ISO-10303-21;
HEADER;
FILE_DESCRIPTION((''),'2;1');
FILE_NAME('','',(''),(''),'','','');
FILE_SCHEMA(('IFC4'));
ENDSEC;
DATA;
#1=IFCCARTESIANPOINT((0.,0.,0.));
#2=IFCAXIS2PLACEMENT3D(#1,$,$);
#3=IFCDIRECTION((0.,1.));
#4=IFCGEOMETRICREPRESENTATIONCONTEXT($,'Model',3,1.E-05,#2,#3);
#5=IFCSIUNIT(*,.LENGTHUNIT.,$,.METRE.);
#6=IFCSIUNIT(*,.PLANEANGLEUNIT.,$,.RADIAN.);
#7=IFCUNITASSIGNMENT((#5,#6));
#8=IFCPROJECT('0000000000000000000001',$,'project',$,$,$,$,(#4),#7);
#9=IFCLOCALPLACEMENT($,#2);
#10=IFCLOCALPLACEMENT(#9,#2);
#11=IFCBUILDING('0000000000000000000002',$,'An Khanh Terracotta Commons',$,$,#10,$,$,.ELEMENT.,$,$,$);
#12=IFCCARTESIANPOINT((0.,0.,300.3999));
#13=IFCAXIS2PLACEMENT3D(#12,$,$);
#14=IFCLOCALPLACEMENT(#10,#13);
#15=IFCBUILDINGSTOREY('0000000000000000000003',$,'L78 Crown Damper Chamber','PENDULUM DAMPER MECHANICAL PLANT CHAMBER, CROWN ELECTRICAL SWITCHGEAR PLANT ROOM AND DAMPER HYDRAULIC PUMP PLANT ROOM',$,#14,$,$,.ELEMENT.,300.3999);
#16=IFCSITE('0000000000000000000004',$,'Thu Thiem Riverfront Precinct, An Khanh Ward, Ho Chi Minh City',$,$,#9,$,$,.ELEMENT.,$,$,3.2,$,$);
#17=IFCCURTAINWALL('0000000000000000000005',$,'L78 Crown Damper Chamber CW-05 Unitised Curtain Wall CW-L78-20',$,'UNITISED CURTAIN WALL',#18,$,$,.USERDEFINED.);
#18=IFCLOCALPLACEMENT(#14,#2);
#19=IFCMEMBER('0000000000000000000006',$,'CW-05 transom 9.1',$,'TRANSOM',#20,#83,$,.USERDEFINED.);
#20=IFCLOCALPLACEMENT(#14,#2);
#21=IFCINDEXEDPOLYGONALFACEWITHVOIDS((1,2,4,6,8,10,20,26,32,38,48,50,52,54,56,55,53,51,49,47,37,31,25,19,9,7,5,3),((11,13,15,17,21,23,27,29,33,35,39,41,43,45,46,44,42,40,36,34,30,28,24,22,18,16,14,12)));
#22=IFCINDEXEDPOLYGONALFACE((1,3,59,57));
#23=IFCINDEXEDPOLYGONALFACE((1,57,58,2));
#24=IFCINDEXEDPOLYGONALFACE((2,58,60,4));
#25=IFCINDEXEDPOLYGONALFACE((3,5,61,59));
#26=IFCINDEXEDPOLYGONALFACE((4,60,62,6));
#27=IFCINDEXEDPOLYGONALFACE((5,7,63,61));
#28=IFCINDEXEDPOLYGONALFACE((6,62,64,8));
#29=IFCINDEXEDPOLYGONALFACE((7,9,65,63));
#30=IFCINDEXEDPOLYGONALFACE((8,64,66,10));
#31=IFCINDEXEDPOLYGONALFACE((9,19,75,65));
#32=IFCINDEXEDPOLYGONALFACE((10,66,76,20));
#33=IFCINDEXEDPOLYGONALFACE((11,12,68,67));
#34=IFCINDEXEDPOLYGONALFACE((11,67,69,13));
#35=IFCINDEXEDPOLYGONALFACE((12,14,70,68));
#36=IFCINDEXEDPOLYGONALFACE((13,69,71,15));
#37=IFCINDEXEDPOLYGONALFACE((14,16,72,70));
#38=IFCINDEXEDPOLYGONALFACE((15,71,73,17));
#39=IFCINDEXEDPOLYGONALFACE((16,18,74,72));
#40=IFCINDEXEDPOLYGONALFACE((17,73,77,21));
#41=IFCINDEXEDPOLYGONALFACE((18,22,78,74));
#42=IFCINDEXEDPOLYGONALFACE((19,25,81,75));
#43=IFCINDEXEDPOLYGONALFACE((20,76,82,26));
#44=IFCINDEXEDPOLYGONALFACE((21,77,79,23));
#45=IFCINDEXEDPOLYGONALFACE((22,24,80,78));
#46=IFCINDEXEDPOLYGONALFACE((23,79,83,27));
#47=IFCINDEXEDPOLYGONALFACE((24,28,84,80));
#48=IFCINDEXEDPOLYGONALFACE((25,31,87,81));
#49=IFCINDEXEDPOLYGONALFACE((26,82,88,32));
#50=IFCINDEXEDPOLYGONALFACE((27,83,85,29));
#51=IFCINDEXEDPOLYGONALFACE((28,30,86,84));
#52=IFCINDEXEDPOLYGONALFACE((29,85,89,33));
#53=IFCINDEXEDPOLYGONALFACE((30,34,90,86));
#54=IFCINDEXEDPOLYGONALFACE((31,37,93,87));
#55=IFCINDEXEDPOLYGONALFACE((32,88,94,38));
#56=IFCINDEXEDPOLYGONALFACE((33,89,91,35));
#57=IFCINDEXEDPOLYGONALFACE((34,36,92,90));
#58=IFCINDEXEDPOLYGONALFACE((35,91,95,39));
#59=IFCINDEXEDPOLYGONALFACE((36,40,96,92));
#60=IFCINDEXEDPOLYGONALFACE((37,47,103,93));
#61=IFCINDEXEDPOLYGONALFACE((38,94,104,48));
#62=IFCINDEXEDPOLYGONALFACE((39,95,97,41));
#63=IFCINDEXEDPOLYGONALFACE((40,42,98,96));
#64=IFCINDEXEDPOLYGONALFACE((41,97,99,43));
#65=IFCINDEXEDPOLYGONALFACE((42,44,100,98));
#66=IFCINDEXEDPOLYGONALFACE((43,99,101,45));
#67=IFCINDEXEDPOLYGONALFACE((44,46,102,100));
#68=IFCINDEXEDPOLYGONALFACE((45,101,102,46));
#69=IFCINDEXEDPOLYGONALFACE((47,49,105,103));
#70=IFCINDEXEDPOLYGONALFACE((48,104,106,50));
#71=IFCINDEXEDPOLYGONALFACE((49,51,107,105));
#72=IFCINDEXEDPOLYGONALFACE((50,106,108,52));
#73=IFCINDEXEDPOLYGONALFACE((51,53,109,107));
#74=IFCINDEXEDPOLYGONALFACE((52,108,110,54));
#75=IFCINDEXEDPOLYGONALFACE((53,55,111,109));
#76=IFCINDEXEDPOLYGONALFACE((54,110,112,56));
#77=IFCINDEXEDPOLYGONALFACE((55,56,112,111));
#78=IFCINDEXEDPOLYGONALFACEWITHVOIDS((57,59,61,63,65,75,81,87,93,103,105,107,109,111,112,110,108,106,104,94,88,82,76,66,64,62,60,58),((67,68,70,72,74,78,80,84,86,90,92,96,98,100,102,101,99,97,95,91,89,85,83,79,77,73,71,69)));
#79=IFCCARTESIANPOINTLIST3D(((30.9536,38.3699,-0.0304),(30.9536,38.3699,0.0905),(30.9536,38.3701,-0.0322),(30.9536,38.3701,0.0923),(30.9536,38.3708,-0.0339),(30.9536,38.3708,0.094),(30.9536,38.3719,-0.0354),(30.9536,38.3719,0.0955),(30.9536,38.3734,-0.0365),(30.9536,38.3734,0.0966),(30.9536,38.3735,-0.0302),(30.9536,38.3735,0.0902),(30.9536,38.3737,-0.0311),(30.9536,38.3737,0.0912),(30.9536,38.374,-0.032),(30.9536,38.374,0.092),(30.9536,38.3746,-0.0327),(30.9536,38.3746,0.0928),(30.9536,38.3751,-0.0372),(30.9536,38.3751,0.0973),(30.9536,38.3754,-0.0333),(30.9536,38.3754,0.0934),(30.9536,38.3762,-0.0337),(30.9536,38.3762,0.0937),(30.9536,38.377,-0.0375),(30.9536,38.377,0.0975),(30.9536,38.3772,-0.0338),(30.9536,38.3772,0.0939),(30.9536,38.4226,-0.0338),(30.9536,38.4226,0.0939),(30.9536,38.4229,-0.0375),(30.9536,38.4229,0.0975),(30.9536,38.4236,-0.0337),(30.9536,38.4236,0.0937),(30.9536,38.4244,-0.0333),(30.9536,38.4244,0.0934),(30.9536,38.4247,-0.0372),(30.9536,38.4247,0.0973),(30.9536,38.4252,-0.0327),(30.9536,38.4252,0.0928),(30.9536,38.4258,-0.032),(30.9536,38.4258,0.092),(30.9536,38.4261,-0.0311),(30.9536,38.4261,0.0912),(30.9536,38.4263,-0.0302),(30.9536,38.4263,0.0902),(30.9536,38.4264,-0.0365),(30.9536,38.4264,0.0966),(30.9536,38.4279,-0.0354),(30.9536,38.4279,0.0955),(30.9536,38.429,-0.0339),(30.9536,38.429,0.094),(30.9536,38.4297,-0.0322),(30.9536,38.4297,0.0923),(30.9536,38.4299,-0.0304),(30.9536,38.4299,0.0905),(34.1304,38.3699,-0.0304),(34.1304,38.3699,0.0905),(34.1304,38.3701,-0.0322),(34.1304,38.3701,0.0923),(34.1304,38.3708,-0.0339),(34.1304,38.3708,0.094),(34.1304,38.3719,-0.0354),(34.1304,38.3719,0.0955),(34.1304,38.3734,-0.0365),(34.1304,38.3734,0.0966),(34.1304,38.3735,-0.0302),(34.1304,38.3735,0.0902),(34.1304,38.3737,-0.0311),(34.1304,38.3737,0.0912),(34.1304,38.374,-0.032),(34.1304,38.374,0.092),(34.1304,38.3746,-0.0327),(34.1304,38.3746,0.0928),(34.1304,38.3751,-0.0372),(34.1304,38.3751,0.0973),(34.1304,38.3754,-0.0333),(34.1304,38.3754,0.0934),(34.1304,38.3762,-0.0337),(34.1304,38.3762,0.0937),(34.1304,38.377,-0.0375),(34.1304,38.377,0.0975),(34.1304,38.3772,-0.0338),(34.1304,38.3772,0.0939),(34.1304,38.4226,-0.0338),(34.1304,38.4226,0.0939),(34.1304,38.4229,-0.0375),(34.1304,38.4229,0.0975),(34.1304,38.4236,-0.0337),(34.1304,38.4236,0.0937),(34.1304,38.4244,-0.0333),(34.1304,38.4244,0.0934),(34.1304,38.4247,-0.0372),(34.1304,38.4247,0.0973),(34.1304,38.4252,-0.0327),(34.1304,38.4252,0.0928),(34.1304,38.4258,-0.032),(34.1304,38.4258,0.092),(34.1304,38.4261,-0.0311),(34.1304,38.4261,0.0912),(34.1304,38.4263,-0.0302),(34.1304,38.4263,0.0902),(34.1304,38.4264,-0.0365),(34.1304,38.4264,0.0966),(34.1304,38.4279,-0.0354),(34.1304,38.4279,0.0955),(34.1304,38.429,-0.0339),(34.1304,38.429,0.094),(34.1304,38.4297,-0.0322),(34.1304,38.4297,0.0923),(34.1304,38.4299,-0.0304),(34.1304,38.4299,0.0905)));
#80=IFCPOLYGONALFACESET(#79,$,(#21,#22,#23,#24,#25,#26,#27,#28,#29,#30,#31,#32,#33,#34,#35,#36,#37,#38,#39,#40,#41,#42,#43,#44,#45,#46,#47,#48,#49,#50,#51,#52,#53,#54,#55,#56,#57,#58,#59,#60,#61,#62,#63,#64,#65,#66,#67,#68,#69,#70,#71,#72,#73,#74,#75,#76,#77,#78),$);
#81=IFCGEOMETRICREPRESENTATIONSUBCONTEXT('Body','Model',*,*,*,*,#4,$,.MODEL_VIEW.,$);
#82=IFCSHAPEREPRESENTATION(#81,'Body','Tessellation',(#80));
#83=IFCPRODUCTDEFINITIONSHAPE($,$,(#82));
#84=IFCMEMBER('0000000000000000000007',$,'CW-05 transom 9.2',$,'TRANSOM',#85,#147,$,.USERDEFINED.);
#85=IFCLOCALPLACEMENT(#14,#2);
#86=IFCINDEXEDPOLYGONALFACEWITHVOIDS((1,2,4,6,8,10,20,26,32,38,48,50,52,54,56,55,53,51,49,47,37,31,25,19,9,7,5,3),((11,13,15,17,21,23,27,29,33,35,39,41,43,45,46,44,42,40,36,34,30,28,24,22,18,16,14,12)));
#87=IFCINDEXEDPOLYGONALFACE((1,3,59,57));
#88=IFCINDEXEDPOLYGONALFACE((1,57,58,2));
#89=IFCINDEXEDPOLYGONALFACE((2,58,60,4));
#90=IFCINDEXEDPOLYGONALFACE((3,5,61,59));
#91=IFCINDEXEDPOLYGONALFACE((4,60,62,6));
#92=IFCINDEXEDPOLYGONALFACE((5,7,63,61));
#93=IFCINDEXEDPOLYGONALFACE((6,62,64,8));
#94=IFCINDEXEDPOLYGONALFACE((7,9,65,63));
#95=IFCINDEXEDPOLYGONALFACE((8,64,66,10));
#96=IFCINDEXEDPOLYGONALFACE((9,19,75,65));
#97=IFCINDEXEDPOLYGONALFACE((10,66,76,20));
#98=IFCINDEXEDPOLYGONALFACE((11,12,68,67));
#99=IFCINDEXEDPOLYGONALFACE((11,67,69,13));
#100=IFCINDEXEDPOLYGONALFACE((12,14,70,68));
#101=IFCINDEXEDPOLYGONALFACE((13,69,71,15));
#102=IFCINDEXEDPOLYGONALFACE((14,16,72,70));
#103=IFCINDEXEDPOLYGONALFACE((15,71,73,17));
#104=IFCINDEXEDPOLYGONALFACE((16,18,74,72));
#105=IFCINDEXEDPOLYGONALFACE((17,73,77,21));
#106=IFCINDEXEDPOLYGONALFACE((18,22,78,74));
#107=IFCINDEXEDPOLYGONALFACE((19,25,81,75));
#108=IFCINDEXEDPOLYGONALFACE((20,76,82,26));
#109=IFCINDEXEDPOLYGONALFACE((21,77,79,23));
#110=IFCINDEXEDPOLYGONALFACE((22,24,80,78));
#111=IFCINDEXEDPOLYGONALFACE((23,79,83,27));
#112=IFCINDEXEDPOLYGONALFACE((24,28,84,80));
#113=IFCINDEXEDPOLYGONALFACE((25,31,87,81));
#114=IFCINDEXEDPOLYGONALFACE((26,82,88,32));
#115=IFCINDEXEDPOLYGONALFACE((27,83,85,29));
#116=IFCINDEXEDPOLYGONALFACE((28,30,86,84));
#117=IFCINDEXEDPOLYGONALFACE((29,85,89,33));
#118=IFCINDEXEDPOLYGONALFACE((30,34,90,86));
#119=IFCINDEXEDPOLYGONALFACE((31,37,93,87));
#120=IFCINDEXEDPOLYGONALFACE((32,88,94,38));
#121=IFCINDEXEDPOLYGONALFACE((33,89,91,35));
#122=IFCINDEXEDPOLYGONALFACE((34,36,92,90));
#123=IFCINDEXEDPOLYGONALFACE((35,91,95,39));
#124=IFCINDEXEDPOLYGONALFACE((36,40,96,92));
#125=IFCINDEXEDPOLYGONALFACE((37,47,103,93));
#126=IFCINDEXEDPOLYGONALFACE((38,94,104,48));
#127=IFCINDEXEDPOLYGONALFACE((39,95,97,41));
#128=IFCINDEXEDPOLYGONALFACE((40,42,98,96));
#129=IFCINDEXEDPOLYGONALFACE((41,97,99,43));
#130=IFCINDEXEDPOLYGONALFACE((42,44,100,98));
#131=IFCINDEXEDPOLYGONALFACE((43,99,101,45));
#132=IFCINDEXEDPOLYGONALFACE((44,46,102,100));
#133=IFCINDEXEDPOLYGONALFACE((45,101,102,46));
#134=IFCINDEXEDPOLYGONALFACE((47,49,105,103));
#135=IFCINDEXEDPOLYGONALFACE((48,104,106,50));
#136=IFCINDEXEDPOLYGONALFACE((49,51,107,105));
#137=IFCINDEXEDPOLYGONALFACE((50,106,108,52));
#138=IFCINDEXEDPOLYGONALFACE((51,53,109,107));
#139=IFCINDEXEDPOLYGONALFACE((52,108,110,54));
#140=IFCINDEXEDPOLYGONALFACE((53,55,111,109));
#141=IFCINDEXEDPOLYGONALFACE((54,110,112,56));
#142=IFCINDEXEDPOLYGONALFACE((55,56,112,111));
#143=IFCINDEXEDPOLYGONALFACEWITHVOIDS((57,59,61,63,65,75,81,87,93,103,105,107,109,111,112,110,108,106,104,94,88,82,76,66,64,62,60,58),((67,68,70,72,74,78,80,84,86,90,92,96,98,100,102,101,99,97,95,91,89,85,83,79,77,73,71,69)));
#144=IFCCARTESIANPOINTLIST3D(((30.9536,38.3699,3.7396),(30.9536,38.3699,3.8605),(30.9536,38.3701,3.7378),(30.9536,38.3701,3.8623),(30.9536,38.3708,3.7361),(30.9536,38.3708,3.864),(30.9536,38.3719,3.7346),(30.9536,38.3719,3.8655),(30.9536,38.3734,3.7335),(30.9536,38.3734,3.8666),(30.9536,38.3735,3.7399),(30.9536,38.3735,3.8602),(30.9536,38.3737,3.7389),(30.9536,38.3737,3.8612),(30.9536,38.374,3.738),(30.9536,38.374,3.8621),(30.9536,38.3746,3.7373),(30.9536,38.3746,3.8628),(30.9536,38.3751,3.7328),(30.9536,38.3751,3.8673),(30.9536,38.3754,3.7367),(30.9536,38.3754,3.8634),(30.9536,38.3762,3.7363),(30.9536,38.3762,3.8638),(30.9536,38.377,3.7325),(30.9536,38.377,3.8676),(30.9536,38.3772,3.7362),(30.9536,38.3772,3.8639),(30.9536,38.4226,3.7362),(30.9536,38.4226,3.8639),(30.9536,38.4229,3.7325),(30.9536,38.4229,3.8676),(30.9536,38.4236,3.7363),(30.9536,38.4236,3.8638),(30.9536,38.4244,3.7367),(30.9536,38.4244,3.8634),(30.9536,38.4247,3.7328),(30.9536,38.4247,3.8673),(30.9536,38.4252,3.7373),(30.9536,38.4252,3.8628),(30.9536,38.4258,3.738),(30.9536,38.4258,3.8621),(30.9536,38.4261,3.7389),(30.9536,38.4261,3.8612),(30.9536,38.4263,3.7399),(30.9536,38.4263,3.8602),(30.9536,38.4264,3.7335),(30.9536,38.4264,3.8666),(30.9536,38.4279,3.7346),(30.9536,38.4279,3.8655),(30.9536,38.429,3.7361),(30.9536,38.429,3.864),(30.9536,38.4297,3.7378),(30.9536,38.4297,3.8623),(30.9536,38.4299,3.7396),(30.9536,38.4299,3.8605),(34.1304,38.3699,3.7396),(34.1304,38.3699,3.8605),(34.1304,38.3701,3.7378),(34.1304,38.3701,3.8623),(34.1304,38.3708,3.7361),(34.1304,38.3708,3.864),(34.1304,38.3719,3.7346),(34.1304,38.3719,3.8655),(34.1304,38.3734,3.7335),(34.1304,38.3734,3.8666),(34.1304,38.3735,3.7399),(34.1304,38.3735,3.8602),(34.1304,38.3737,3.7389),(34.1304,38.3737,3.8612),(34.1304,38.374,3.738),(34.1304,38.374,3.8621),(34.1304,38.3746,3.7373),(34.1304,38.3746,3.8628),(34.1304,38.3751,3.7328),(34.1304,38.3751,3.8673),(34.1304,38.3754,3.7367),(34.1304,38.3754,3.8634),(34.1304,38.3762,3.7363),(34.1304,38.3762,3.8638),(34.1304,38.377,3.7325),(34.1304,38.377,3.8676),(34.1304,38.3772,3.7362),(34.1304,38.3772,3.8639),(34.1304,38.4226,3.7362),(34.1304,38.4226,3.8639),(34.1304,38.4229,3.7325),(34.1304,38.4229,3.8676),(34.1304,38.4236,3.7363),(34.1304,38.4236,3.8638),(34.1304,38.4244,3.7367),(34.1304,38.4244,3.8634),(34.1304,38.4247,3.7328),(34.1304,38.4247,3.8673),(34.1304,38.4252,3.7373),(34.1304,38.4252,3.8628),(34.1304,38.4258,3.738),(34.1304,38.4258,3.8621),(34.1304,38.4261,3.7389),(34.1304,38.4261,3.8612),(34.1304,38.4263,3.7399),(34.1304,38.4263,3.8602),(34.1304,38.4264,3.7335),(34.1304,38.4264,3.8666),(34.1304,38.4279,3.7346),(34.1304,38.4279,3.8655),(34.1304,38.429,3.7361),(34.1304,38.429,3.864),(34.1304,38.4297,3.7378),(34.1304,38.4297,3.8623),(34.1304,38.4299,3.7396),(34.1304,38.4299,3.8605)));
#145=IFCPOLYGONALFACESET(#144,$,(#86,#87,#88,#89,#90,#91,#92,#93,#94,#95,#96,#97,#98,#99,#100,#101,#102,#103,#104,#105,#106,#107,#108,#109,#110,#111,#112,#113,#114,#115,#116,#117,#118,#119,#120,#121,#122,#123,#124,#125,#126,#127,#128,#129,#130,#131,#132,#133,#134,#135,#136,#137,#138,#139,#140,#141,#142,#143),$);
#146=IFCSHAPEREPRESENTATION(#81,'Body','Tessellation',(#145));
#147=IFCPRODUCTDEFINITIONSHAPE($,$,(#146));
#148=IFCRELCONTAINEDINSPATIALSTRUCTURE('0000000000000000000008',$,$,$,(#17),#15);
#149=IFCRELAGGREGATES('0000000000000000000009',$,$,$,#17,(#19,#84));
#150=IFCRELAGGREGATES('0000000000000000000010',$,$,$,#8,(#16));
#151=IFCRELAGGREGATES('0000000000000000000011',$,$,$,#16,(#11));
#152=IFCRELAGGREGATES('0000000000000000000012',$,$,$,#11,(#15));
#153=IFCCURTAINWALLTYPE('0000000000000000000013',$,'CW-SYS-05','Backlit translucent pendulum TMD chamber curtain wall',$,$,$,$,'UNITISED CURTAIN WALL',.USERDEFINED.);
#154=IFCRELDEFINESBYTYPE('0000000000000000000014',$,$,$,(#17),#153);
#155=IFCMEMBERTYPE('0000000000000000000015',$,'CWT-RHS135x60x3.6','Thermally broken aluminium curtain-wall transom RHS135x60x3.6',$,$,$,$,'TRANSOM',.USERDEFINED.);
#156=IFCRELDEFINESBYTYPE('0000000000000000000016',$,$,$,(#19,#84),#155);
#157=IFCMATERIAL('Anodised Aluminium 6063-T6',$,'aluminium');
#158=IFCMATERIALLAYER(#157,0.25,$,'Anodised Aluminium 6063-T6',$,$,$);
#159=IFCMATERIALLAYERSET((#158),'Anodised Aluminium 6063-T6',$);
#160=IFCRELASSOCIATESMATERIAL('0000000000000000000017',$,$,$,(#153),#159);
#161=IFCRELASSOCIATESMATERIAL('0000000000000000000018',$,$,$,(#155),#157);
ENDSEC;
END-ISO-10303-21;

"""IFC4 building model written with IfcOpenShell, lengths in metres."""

from ifc_helpers import new_model, si_unit, direction, frame, origin, origin_2d, place, context, subcontext, project, spatial, hollow_rectangle, extrude, material, layer, layer_set, material_profile, profile_set, type_object, element, aggregate, save


model = new_model("IFC4")

# Units and contexts
model_context = context("Model", 3, precision=1e-05, world=origin(), true_north=direction((0.0, 1.0)))
body_context = subcontext(model_context, "Body", "Model", "MODEL_VIEW")
ifc_project = project(units=[si_unit("LENGTHUNIT", "METRE"), si_unit("PLANEANGLEUNIT", "RADIAN")], contexts=[model_context])

# Site, building, storey
site_placement = place(None, origin())
site = spatial("IfcSite", under=ifc_project, at=site_placement, Name="Thu Thiem Riverfront Precinct, An Khanh Ward, Ho Chi Minh City", CompositionType="ELEMENT", RefElevation=3.2)
building_placement = place(site_placement, origin())
building = spatial("IfcBuilding", under=site, at=building_placement, Name="An Khanh Terracotta Commons", CompositionType="ELEMENT")
storey_placement = place(building_placement, frame((0.0, 0.0, 300.3999)))
storey = spatial("IfcBuildingStorey", under=building, at=storey_placement, Name="L78 Crown Damper Chamber", Description="PENDULUM DAMPER MECHANICAL PLANT CHAMBER, CROWN ELECTRICAL SWITCHGEAR PLANT ROOM AND DAMPER HYDRAULIC PUMP PLANT ROOM", CompositionType="ELEMENT", Elevation=300.3999)

# Curtain wall, members
ifc_material_1 = material(Name="Anodised Aluminium 6063-T6", Category="aluminium")
ifc_layer_1 = layer(ifc_material_1, 0.25, Name="Anodised Aluminium 6063-T6")
ifc_layer_set_1 = layer_set([ifc_layer_1], Name="Anodised Aluminium 6063-T6")
curtain_wall_type = type_object("IfcCurtainWallType", Name="CW-SYS-05", Description="Backlit translucent pendulum TMD chamber curtain wall", ElementType="UNITISED CURTAIN WALL", PredefinedType="USERDEFINED", material=ifc_layer_set_1)
curtain_wall_placement = place(storey_placement, origin())
curtain_wall = element("IfcCurtainWall", 1, at=curtain_wall_placement, inside=storey, type_object=curtain_wall_type, Name="L78 Crown Damper Chamber CW-05 Unitised Curtain Wall CW-L78-20", ObjectType="UNITISED CURTAIN WALL", PredefinedType="USERDEFINED")
ifc_material_profile_1 = material_profile(ifc_material_1, hollow_rectangle(XDim=0.0601, YDim=0.135, WallThickness=0.0037, InnerFilletRadius=0.0037, OuterFilletRadius=0.0071, at=origin_2d()), Name="RHS135x60x3.6")
ifc_profile_set_1 = profile_set([ifc_material_profile_1], Name="Anodised Aluminium 6063-T6")
member_type_1 = type_object("IfcMemberType", Name="CWT-RHS135x60x3.6", Description="Thermally broken aluminium curtain-wall transom RHS135x60x3.6", ElementType="TRANSOM", PredefinedType="USERDEFINED", material=ifc_profile_set_1)
member_1_placement = place(storey_placement, frame((34.1304, 38.3999, 0.03), z_axis=(-1.0, 0.0, 0.0), x_axis=(0.0, -1.0, 0.0)))
member_1 = element("IfcMember", 2, at=member_1_placement, type_object=member_type_1, Name="CW-05 transom 9.1", ObjectType="TRANSOM", PredefinedType="USERDEFINED", context=body_context, shape_type="SweptSolid", body=[
    extrude(hollow_rectangle(XDim=0.0601, YDim=0.135, WallThickness=0.0037, InnerFilletRadius=0.0037, OuterFilletRadius=0.0071, at=origin_2d()), origin(), (0.0, 0.0, 1.0), 3.1768),
])
member_2_placement = place(storey_placement, frame((34.1304, 38.3999, 3.8), z_axis=(-1.0, 0.0, 0.0), x_axis=(0.0, -1.0, 0.0)))
member_2 = element("IfcMember", 3, at=member_2_placement, type_object=member_type_1, Name="CW-05 transom 9.2", ObjectType="TRANSOM", PredefinedType="USERDEFINED", context=body_context, shape_type="SweptSolid", body=[
    extrude(hollow_rectangle(XDim=0.0601, YDim=0.135, WallThickness=0.0037, InnerFilletRadius=0.0037, OuterFilletRadius=0.0071, at=origin_2d()), origin(), (0.0, 0.0, 1.0), 3.1768),
])
aggregate(curtain_wall, [member_1, member_2])

save(model, "model.ifc")
